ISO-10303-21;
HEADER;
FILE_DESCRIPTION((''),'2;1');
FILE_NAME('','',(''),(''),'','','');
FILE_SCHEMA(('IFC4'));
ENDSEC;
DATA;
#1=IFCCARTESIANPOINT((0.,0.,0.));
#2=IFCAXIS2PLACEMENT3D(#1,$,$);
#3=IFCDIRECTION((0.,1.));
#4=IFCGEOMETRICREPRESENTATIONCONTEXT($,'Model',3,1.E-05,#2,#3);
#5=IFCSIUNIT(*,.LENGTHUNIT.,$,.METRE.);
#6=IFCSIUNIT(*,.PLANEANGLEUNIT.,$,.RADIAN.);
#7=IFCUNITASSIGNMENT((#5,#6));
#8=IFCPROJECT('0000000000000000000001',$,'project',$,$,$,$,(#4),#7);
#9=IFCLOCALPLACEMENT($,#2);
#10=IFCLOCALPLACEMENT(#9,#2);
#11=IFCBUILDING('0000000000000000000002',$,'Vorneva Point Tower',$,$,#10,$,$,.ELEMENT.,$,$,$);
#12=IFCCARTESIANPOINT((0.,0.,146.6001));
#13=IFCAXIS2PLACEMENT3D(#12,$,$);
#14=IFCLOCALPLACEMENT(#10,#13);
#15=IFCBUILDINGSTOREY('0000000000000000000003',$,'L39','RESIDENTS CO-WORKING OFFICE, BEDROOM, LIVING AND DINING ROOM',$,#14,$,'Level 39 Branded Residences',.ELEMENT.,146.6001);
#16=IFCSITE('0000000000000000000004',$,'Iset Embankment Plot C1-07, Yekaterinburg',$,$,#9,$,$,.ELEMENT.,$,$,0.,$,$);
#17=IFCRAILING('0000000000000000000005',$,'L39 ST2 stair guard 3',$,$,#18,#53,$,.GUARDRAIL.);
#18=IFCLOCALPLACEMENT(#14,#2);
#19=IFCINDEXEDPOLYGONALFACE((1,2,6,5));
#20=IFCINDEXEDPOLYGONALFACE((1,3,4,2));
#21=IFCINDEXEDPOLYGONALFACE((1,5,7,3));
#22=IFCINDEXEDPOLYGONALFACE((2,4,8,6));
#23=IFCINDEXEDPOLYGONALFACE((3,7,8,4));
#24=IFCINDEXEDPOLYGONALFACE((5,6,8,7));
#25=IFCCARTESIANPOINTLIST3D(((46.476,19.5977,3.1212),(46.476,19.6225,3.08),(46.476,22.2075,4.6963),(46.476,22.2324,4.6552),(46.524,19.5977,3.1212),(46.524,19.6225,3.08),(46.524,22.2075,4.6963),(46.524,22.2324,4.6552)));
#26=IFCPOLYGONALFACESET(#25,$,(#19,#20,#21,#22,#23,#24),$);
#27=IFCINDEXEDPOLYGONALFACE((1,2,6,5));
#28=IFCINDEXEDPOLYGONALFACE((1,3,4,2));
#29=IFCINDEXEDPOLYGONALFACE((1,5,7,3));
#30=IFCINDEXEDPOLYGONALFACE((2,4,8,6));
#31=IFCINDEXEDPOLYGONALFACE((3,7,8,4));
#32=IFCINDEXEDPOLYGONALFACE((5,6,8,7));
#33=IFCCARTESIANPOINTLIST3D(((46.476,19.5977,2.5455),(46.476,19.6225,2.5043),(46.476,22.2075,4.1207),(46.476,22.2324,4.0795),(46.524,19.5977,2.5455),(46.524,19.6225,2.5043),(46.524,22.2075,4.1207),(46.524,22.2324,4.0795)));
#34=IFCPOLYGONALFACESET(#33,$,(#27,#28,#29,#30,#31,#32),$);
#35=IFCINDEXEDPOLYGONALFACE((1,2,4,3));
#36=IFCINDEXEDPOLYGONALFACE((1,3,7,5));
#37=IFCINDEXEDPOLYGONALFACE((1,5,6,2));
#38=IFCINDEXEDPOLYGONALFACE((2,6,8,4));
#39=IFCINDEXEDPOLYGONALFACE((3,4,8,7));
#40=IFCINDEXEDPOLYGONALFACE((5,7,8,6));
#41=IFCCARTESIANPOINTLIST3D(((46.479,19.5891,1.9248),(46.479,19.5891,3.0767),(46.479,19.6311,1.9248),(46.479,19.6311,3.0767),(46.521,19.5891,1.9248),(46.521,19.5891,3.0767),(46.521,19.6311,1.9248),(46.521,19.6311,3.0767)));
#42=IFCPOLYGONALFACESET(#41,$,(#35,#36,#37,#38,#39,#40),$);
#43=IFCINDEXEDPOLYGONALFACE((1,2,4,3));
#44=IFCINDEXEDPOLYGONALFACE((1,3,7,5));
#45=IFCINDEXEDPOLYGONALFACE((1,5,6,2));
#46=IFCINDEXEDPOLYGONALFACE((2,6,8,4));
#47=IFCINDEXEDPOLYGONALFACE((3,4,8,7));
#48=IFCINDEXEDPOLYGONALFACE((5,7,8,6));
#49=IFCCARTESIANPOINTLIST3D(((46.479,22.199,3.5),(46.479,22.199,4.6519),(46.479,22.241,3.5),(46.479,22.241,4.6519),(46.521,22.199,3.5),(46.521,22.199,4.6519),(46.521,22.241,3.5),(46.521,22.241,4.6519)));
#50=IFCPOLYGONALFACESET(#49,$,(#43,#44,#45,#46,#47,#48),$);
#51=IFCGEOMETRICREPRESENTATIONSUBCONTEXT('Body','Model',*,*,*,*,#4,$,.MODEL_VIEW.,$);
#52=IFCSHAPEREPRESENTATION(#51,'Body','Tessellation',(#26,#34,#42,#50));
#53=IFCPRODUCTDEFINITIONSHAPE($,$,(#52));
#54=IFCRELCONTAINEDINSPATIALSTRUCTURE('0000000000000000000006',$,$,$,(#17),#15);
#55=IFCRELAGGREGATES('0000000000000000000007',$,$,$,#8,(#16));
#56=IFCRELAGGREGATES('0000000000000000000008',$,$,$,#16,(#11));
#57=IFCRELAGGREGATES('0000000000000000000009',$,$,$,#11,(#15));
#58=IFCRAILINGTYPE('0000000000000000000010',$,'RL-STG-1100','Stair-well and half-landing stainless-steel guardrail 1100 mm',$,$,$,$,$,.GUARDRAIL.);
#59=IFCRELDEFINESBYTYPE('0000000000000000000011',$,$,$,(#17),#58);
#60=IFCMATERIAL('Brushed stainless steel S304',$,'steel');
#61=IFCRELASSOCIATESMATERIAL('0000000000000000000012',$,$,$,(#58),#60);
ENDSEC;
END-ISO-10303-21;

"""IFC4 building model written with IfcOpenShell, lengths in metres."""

from ifc_helpers import new_model, si_unit, direction, frame, origin, origin_2d, place, context, subcontext, project, spatial, rectangle, extrude, material, type_object, element, save


model = new_model("IFC4")

# Units and contexts
model_context = context("Model", 3, precision=1e-05, world=origin(), true_north=direction((0.0, 1.0)))
body_context = subcontext(model_context, "Body", "Model", "MODEL_VIEW")
ifc_project = project(units=[si_unit("LENGTHUNIT", "METRE"), si_unit("PLANEANGLEUNIT", "RADIAN")], contexts=[model_context])

# Site, building, storey
site_placement = place(None, origin())
site = spatial("IfcSite", under=ifc_project, at=site_placement, Name="Iset Embankment Plot C1-07, Yekaterinburg", CompositionType="ELEMENT", RefElevation=0.0)
building_placement = place(site_placement, origin())
building = spatial("IfcBuilding", under=site, at=building_placement, Name="Vorneva Point Tower", CompositionType="ELEMENT")
storey_placement = place(building_placement, frame((0.0, 0.0, 146.6001)))
storey = spatial("IfcBuildingStorey", under=building, at=storey_placement, Name="L39", Description="RESIDENTS CO-WORKING OFFICE, BEDROOM, LIVING AND DINING ROOM", LongName="Level 39 Branded Residences", CompositionType="ELEMENT", Elevation=146.6001)

# Railing
ifc_material_1 = material(Name="Brushed stainless steel S304", Category="steel")
railing_type_1 = type_object("IfcRailingType", Name="RL-STG-1100", Description="Stair-well and half-landing stainless-steel guardrail 1100 mm", PredefinedType="GUARDRAIL", material=ifc_material_1)
railing_1_placement = place(storey_placement, frame((46.5, 19.6101, 1.9248)))
element("IfcRailing", 1, at=railing_1_placement, inside=storey, type_object=railing_type_1, Name="L39 ST2 stair guard 3", PredefinedType="GUARDRAIL", context=body_context, shape_type="SweptSolid", body=[
    extrude(rectangle(XDim=0.0481, YDim=0.0481, at=origin_2d()), frame((0.0, 0.0, 1.1758), z_axis=(0.0, 0.856147, 0.516732), x_axis=(-1.0, 0.0, 0.0)), (0.0, 0.0, 1.0), 3.0483),
    extrude(rectangle(XDim=0.0481, YDim=0.0481, at=origin_2d()), frame((0.0, 0.0, 0.6001), z_axis=(0.0, 0.856147, 0.516732), x_axis=(-1.0, 0.0, 0.0)), (0.0, 0.0, 1.0), 3.0483),
    extrude(rectangle(XDim=0.042, YDim=0.042, at=origin_2d()), origin(), (0.0, 0.0, 1.0), 1.1519),
    extrude(rectangle(XDim=0.042, YDim=0.042, at=origin_2d()), frame((0.0, 2.6099, 1.5752)), (0.0, 0.0, 1.0), 1.1519),
])

save(model, "model.ifc")
